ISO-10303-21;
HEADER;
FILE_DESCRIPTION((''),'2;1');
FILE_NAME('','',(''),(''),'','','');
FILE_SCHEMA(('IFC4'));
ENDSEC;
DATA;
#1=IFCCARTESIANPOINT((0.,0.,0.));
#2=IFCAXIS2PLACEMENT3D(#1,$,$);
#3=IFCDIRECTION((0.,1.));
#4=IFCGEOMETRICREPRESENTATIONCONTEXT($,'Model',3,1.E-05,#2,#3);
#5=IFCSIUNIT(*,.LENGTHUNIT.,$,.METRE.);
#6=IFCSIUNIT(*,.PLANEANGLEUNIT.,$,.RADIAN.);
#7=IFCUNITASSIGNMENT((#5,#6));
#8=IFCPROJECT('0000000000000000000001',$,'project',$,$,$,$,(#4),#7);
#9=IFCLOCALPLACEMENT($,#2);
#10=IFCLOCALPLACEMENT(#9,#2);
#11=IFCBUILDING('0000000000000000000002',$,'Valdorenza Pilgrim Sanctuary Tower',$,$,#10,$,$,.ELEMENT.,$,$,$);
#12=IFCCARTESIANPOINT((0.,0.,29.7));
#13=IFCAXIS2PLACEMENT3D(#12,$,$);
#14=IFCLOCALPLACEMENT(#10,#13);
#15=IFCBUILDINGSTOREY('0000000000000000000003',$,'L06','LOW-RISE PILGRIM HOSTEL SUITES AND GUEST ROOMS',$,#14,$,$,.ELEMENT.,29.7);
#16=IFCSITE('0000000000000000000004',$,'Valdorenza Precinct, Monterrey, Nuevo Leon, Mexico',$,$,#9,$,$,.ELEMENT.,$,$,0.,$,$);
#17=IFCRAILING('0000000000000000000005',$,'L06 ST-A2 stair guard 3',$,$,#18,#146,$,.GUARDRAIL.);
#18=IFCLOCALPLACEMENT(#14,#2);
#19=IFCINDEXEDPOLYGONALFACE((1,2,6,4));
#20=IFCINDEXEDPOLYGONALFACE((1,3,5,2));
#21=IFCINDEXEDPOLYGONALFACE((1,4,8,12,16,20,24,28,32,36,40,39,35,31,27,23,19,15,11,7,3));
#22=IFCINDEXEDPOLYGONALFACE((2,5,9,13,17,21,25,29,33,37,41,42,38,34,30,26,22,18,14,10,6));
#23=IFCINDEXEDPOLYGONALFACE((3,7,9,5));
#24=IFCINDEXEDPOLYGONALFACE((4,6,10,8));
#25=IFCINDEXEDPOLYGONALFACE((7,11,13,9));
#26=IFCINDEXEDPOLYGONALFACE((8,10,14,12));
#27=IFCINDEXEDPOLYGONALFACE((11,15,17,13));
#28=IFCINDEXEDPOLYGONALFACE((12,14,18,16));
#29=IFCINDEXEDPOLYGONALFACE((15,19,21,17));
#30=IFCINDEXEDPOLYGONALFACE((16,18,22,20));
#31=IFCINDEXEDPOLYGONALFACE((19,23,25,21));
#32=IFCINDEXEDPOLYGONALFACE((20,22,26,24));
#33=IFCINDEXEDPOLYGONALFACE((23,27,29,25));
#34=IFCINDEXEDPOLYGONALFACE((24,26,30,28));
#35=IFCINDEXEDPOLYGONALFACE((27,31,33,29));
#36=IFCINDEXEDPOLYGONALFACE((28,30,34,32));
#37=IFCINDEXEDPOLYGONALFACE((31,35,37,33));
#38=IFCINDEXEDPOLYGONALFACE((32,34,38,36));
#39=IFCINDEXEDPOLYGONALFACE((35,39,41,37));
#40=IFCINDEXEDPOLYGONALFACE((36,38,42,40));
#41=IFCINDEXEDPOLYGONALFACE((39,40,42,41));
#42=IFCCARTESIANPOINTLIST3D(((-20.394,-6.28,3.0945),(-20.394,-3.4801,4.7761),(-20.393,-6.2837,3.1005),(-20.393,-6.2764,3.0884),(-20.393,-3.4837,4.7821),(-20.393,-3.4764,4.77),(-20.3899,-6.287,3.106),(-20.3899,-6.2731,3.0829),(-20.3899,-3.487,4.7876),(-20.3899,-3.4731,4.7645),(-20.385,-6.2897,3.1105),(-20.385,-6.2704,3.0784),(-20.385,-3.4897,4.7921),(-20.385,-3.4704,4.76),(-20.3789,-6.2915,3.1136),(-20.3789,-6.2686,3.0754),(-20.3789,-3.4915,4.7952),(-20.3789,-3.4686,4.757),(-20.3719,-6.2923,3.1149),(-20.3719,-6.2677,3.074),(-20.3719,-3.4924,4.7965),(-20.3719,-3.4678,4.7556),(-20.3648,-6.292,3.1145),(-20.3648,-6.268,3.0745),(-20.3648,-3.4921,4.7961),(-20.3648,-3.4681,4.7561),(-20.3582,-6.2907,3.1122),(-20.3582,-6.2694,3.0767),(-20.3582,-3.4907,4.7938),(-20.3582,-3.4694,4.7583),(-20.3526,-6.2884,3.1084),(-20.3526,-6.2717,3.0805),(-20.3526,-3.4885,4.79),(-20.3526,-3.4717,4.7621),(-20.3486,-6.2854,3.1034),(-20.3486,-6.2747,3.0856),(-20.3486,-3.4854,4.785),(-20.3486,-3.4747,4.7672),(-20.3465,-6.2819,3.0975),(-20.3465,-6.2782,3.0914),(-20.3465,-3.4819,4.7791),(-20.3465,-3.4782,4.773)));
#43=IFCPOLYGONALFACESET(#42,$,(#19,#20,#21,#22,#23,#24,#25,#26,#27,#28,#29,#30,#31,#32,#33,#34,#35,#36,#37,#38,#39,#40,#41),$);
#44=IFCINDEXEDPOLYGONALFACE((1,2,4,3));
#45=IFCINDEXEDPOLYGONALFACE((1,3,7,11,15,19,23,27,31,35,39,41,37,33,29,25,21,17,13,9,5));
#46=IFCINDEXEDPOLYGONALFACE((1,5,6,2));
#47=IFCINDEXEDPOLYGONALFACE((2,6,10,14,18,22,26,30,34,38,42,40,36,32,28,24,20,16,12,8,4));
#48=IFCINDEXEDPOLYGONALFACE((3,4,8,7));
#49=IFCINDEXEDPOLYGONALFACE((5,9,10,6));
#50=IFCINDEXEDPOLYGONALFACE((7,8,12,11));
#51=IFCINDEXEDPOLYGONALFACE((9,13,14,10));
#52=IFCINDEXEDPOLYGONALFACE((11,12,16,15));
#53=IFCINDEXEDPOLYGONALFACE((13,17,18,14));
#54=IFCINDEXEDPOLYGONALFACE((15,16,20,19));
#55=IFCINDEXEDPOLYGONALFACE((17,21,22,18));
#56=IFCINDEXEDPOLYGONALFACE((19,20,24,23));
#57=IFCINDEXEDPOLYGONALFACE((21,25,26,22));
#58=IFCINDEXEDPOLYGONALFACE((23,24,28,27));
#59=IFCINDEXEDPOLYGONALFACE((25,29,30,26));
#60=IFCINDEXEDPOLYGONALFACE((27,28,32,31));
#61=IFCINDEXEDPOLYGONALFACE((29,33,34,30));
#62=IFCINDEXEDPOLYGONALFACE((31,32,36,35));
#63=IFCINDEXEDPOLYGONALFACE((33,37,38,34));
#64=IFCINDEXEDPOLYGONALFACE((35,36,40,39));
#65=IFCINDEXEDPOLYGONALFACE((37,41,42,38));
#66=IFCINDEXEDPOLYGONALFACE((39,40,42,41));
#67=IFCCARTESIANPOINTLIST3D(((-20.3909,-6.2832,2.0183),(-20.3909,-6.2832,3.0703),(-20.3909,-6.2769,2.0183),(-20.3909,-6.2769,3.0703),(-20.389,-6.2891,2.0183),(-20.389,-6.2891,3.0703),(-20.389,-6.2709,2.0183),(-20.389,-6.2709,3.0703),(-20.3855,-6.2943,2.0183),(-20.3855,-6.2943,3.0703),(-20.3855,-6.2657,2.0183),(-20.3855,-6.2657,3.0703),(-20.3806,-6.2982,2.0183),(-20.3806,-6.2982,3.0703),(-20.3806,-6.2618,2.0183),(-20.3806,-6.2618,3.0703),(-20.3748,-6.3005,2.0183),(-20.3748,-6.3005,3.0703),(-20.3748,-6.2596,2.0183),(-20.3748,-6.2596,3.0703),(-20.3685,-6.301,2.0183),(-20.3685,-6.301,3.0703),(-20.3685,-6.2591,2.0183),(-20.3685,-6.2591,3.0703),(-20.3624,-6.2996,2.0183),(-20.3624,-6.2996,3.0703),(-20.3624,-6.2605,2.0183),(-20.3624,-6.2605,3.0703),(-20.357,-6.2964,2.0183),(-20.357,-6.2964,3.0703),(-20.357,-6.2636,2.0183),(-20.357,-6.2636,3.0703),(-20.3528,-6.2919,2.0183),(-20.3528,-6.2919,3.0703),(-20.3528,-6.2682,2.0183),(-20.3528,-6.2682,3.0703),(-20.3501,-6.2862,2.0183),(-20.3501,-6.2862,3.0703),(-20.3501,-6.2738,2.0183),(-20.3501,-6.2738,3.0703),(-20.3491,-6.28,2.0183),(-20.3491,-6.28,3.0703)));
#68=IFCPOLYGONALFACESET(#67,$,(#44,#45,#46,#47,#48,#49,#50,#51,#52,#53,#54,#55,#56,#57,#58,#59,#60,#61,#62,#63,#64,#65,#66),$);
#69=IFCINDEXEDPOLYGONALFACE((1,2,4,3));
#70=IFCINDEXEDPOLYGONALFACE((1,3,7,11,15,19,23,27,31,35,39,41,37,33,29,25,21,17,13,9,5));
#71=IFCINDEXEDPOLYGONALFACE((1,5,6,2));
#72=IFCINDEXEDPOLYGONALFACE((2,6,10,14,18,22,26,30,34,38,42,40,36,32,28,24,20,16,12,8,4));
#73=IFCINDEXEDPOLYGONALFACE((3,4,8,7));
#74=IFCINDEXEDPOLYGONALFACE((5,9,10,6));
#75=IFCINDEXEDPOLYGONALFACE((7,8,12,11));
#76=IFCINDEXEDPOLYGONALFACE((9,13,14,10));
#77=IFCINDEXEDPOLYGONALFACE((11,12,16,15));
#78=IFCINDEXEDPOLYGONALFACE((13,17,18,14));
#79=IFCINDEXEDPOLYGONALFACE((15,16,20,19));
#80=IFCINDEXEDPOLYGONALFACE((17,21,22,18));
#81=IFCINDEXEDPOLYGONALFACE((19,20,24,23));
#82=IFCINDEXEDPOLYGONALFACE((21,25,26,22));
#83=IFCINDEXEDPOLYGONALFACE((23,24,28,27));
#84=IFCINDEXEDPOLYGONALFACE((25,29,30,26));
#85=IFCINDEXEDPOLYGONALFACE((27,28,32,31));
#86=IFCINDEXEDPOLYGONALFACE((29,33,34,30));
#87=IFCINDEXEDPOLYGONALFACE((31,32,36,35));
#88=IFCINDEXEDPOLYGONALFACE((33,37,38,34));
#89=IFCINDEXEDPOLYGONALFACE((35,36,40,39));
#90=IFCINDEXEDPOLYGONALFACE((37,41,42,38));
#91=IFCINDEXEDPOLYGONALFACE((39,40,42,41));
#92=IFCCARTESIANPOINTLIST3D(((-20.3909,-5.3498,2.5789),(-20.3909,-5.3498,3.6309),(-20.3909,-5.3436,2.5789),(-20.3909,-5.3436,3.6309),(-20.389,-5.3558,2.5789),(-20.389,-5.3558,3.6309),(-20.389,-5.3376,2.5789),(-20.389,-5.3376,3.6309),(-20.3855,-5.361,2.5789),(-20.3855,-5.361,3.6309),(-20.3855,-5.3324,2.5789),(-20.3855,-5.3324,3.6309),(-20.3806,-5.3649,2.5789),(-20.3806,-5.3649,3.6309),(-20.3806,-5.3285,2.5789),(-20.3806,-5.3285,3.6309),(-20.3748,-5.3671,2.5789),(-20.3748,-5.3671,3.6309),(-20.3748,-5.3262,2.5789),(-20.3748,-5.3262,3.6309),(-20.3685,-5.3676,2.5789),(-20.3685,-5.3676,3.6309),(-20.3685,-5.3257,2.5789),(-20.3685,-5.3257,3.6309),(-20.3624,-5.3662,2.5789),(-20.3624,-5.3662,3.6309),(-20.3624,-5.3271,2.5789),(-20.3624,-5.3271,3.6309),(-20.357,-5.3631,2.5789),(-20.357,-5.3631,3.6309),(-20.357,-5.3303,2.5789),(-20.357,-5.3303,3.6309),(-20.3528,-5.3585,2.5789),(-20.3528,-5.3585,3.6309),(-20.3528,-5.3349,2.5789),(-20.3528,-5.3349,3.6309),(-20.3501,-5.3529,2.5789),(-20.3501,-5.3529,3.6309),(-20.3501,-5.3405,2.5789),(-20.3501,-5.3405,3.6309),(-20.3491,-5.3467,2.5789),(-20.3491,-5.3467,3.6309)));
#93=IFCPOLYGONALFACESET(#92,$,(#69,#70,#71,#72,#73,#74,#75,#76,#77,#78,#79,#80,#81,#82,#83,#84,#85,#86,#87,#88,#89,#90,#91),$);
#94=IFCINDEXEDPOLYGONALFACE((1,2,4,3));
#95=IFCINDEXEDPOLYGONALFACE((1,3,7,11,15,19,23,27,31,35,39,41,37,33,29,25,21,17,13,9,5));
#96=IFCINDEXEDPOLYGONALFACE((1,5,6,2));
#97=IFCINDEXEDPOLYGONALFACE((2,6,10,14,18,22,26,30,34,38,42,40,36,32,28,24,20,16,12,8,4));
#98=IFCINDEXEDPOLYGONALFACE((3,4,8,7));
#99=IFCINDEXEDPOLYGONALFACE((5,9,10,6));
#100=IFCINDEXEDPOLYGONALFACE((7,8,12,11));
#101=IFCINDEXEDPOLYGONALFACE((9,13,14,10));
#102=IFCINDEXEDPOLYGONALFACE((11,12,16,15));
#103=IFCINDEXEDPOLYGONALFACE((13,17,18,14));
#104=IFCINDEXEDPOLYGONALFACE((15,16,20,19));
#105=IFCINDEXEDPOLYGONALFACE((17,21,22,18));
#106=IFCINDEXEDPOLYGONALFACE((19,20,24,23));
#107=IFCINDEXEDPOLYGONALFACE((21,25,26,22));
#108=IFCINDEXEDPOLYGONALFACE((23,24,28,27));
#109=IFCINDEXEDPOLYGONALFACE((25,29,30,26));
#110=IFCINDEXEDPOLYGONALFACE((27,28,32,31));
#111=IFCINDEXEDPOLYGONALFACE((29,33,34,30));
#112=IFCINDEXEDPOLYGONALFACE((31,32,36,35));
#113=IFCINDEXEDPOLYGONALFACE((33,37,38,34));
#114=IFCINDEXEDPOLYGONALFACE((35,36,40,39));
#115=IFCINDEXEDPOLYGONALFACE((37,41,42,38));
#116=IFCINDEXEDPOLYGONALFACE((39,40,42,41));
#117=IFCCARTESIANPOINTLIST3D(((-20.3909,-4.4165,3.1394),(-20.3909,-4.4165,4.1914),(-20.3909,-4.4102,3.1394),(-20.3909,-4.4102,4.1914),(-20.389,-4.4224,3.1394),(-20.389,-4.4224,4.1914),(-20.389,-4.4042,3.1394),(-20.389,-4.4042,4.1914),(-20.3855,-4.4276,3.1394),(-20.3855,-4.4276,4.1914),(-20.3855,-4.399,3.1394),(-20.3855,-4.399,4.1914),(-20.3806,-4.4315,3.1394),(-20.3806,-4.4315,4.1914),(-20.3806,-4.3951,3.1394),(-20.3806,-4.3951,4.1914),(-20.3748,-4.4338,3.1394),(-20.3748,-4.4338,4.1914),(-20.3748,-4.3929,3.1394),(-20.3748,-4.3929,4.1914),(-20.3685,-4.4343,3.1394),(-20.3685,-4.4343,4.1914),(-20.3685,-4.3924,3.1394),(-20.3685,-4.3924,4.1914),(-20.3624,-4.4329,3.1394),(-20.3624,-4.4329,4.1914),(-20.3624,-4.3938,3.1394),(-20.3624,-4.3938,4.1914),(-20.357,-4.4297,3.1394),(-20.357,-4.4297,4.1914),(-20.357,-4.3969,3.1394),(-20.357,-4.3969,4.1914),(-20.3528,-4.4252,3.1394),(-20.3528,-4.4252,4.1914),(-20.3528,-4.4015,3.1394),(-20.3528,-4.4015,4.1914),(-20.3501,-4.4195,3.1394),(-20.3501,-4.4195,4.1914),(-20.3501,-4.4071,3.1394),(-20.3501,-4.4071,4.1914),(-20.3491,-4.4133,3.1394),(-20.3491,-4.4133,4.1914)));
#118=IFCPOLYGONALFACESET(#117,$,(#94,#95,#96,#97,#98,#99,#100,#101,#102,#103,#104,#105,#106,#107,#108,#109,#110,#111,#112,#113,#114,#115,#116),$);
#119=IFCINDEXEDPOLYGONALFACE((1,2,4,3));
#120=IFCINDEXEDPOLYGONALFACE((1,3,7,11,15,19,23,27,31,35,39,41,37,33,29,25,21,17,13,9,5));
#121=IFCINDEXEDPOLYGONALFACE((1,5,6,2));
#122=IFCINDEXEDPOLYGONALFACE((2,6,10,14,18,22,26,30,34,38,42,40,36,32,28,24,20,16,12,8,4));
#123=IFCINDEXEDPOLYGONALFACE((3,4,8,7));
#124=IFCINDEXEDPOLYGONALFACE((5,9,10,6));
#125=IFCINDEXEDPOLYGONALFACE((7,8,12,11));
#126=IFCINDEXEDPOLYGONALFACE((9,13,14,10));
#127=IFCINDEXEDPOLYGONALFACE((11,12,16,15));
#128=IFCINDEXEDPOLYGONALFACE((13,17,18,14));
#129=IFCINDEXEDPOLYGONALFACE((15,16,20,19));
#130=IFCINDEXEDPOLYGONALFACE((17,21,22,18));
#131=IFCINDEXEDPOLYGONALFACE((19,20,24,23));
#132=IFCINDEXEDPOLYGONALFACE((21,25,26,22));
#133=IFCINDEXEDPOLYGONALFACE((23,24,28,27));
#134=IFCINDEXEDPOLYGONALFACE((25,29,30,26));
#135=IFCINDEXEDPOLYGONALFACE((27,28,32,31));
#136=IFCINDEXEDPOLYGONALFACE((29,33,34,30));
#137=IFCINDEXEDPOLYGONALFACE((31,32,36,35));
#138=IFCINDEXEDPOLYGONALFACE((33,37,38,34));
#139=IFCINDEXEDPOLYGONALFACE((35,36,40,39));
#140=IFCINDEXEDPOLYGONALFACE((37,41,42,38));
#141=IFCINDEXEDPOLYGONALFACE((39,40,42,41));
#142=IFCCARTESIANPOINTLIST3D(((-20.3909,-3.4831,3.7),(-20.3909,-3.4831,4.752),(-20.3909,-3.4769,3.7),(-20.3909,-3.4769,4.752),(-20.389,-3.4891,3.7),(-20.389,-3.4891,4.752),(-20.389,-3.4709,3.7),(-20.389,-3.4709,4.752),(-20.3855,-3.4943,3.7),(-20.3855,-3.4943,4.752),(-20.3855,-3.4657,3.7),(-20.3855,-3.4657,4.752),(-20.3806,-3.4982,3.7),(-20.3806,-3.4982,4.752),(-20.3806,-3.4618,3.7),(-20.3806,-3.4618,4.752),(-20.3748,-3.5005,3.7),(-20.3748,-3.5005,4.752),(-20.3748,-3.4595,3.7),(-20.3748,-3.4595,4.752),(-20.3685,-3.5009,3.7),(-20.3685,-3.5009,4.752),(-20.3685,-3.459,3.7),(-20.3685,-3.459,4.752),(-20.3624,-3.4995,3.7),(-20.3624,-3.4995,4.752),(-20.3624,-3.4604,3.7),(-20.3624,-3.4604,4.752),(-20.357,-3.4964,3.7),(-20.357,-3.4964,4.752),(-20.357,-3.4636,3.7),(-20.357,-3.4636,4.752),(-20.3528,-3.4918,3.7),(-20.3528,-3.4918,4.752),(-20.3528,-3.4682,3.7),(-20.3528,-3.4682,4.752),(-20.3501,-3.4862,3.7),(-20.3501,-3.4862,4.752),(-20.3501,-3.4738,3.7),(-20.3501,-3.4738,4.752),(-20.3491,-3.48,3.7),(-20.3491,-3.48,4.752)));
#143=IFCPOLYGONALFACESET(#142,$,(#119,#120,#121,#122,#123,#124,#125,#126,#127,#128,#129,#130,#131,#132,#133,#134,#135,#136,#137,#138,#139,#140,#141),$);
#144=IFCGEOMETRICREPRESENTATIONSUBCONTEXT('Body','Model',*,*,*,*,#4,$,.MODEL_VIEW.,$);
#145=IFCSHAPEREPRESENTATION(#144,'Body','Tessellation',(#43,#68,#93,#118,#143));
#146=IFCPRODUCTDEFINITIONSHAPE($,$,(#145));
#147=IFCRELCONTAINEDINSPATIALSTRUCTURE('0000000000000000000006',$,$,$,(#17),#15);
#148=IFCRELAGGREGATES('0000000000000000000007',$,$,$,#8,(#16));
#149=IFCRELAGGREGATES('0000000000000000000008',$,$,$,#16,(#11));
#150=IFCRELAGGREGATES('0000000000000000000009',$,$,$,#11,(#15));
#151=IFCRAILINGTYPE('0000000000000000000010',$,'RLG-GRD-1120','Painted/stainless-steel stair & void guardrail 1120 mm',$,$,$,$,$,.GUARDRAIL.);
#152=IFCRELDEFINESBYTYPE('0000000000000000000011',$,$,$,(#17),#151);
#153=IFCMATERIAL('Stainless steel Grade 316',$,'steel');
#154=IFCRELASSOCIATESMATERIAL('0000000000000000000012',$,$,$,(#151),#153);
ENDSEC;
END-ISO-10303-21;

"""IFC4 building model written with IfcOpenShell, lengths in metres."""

from ifc_helpers import new_model, si_unit, direction, frame, origin, origin_2d, place, context, subcontext, project, spatial, circle, extrude, material, type_object, element, save


model = new_model("IFC4")

# Units and contexts
model_context = context("Model", 3, precision=1e-05, world=origin(), true_north=direction((0.0, 1.0)))
body_context = subcontext(model_context, "Body", "Model", "MODEL_VIEW")
ifc_project = project(units=[si_unit("LENGTHUNIT", "METRE"), si_unit("PLANEANGLEUNIT", "RADIAN")], contexts=[model_context])

# Site, building, storey
site_placement = place(None, origin())
site = spatial("IfcSite", under=ifc_project, at=site_placement, Name="Valdorenza Precinct, Monterrey, Nuevo Leon, Mexico", CompositionType="ELEMENT", RefElevation=0.0)
building_placement = place(site_placement, origin())
building = spatial("IfcBuilding", under=site, at=building_placement, Name="Valdorenza Pilgrim Sanctuary Tower", CompositionType="ELEMENT")
storey_placement = place(building_placement, frame((0.0, 0.0, 29.7)))
storey = spatial("IfcBuildingStorey", under=building, at=storey_placement, Name="L06", Description="LOW-RISE PILGRIM HOSTEL SUITES AND GUEST ROOMS", CompositionType="ELEMENT", Elevation=29.7)

# Railing
ifc_material_1 = material(Name="Stainless steel Grade 316", Category="steel")
railing_type_1 = type_object("IfcRailingType", Name="RLG-GRD-1120", Description="Painted/stainless-steel stair & void guardrail 1120 mm", PredefinedType="GUARDRAIL", material=ifc_material_1)
railing_1_placement = place(storey_placement, frame((-20.3701, -6.28, 2.0183)))
element("IfcRailing", 1, at=railing_1_placement, inside=storey, type_object=railing_type_1, Name="L06 ST-A2 stair guard 3", PredefinedType="GUARDRAIL", context=body_context, shape_type="SweptSolid", body=[
    extrude(circle(Radius=0.0239, at=origin_2d()), frame((0.0, 0.0, 1.0762), z_axis=(0.0, 0.857275, 0.514858), x_axis=(-1.0, 0.0, 0.0)), (0.0, 0.0, 1.0), 3.2661),
    extrude(circle(Radius=0.021, at=origin_2d()), origin(), (0.0, 0.0, 1.0), 1.052),
    extrude(circle(Radius=0.021, at=origin_2d()), frame((0.0, 0.9333, 0.5605)), (0.0, 0.0, 1.0), 1.052),
    extrude(circle(Radius=0.021, at=origin_2d()), frame((0.0, 1.8667, 1.1211)), (0.0, 0.0, 1.0), 1.052),
    extrude(circle(Radius=0.021, at=origin_2d()), frame((0.0, 2.8, 1.6816)), (0.0, 0.0, 1.0), 1.052),
])

save(model, "model.ifc")
